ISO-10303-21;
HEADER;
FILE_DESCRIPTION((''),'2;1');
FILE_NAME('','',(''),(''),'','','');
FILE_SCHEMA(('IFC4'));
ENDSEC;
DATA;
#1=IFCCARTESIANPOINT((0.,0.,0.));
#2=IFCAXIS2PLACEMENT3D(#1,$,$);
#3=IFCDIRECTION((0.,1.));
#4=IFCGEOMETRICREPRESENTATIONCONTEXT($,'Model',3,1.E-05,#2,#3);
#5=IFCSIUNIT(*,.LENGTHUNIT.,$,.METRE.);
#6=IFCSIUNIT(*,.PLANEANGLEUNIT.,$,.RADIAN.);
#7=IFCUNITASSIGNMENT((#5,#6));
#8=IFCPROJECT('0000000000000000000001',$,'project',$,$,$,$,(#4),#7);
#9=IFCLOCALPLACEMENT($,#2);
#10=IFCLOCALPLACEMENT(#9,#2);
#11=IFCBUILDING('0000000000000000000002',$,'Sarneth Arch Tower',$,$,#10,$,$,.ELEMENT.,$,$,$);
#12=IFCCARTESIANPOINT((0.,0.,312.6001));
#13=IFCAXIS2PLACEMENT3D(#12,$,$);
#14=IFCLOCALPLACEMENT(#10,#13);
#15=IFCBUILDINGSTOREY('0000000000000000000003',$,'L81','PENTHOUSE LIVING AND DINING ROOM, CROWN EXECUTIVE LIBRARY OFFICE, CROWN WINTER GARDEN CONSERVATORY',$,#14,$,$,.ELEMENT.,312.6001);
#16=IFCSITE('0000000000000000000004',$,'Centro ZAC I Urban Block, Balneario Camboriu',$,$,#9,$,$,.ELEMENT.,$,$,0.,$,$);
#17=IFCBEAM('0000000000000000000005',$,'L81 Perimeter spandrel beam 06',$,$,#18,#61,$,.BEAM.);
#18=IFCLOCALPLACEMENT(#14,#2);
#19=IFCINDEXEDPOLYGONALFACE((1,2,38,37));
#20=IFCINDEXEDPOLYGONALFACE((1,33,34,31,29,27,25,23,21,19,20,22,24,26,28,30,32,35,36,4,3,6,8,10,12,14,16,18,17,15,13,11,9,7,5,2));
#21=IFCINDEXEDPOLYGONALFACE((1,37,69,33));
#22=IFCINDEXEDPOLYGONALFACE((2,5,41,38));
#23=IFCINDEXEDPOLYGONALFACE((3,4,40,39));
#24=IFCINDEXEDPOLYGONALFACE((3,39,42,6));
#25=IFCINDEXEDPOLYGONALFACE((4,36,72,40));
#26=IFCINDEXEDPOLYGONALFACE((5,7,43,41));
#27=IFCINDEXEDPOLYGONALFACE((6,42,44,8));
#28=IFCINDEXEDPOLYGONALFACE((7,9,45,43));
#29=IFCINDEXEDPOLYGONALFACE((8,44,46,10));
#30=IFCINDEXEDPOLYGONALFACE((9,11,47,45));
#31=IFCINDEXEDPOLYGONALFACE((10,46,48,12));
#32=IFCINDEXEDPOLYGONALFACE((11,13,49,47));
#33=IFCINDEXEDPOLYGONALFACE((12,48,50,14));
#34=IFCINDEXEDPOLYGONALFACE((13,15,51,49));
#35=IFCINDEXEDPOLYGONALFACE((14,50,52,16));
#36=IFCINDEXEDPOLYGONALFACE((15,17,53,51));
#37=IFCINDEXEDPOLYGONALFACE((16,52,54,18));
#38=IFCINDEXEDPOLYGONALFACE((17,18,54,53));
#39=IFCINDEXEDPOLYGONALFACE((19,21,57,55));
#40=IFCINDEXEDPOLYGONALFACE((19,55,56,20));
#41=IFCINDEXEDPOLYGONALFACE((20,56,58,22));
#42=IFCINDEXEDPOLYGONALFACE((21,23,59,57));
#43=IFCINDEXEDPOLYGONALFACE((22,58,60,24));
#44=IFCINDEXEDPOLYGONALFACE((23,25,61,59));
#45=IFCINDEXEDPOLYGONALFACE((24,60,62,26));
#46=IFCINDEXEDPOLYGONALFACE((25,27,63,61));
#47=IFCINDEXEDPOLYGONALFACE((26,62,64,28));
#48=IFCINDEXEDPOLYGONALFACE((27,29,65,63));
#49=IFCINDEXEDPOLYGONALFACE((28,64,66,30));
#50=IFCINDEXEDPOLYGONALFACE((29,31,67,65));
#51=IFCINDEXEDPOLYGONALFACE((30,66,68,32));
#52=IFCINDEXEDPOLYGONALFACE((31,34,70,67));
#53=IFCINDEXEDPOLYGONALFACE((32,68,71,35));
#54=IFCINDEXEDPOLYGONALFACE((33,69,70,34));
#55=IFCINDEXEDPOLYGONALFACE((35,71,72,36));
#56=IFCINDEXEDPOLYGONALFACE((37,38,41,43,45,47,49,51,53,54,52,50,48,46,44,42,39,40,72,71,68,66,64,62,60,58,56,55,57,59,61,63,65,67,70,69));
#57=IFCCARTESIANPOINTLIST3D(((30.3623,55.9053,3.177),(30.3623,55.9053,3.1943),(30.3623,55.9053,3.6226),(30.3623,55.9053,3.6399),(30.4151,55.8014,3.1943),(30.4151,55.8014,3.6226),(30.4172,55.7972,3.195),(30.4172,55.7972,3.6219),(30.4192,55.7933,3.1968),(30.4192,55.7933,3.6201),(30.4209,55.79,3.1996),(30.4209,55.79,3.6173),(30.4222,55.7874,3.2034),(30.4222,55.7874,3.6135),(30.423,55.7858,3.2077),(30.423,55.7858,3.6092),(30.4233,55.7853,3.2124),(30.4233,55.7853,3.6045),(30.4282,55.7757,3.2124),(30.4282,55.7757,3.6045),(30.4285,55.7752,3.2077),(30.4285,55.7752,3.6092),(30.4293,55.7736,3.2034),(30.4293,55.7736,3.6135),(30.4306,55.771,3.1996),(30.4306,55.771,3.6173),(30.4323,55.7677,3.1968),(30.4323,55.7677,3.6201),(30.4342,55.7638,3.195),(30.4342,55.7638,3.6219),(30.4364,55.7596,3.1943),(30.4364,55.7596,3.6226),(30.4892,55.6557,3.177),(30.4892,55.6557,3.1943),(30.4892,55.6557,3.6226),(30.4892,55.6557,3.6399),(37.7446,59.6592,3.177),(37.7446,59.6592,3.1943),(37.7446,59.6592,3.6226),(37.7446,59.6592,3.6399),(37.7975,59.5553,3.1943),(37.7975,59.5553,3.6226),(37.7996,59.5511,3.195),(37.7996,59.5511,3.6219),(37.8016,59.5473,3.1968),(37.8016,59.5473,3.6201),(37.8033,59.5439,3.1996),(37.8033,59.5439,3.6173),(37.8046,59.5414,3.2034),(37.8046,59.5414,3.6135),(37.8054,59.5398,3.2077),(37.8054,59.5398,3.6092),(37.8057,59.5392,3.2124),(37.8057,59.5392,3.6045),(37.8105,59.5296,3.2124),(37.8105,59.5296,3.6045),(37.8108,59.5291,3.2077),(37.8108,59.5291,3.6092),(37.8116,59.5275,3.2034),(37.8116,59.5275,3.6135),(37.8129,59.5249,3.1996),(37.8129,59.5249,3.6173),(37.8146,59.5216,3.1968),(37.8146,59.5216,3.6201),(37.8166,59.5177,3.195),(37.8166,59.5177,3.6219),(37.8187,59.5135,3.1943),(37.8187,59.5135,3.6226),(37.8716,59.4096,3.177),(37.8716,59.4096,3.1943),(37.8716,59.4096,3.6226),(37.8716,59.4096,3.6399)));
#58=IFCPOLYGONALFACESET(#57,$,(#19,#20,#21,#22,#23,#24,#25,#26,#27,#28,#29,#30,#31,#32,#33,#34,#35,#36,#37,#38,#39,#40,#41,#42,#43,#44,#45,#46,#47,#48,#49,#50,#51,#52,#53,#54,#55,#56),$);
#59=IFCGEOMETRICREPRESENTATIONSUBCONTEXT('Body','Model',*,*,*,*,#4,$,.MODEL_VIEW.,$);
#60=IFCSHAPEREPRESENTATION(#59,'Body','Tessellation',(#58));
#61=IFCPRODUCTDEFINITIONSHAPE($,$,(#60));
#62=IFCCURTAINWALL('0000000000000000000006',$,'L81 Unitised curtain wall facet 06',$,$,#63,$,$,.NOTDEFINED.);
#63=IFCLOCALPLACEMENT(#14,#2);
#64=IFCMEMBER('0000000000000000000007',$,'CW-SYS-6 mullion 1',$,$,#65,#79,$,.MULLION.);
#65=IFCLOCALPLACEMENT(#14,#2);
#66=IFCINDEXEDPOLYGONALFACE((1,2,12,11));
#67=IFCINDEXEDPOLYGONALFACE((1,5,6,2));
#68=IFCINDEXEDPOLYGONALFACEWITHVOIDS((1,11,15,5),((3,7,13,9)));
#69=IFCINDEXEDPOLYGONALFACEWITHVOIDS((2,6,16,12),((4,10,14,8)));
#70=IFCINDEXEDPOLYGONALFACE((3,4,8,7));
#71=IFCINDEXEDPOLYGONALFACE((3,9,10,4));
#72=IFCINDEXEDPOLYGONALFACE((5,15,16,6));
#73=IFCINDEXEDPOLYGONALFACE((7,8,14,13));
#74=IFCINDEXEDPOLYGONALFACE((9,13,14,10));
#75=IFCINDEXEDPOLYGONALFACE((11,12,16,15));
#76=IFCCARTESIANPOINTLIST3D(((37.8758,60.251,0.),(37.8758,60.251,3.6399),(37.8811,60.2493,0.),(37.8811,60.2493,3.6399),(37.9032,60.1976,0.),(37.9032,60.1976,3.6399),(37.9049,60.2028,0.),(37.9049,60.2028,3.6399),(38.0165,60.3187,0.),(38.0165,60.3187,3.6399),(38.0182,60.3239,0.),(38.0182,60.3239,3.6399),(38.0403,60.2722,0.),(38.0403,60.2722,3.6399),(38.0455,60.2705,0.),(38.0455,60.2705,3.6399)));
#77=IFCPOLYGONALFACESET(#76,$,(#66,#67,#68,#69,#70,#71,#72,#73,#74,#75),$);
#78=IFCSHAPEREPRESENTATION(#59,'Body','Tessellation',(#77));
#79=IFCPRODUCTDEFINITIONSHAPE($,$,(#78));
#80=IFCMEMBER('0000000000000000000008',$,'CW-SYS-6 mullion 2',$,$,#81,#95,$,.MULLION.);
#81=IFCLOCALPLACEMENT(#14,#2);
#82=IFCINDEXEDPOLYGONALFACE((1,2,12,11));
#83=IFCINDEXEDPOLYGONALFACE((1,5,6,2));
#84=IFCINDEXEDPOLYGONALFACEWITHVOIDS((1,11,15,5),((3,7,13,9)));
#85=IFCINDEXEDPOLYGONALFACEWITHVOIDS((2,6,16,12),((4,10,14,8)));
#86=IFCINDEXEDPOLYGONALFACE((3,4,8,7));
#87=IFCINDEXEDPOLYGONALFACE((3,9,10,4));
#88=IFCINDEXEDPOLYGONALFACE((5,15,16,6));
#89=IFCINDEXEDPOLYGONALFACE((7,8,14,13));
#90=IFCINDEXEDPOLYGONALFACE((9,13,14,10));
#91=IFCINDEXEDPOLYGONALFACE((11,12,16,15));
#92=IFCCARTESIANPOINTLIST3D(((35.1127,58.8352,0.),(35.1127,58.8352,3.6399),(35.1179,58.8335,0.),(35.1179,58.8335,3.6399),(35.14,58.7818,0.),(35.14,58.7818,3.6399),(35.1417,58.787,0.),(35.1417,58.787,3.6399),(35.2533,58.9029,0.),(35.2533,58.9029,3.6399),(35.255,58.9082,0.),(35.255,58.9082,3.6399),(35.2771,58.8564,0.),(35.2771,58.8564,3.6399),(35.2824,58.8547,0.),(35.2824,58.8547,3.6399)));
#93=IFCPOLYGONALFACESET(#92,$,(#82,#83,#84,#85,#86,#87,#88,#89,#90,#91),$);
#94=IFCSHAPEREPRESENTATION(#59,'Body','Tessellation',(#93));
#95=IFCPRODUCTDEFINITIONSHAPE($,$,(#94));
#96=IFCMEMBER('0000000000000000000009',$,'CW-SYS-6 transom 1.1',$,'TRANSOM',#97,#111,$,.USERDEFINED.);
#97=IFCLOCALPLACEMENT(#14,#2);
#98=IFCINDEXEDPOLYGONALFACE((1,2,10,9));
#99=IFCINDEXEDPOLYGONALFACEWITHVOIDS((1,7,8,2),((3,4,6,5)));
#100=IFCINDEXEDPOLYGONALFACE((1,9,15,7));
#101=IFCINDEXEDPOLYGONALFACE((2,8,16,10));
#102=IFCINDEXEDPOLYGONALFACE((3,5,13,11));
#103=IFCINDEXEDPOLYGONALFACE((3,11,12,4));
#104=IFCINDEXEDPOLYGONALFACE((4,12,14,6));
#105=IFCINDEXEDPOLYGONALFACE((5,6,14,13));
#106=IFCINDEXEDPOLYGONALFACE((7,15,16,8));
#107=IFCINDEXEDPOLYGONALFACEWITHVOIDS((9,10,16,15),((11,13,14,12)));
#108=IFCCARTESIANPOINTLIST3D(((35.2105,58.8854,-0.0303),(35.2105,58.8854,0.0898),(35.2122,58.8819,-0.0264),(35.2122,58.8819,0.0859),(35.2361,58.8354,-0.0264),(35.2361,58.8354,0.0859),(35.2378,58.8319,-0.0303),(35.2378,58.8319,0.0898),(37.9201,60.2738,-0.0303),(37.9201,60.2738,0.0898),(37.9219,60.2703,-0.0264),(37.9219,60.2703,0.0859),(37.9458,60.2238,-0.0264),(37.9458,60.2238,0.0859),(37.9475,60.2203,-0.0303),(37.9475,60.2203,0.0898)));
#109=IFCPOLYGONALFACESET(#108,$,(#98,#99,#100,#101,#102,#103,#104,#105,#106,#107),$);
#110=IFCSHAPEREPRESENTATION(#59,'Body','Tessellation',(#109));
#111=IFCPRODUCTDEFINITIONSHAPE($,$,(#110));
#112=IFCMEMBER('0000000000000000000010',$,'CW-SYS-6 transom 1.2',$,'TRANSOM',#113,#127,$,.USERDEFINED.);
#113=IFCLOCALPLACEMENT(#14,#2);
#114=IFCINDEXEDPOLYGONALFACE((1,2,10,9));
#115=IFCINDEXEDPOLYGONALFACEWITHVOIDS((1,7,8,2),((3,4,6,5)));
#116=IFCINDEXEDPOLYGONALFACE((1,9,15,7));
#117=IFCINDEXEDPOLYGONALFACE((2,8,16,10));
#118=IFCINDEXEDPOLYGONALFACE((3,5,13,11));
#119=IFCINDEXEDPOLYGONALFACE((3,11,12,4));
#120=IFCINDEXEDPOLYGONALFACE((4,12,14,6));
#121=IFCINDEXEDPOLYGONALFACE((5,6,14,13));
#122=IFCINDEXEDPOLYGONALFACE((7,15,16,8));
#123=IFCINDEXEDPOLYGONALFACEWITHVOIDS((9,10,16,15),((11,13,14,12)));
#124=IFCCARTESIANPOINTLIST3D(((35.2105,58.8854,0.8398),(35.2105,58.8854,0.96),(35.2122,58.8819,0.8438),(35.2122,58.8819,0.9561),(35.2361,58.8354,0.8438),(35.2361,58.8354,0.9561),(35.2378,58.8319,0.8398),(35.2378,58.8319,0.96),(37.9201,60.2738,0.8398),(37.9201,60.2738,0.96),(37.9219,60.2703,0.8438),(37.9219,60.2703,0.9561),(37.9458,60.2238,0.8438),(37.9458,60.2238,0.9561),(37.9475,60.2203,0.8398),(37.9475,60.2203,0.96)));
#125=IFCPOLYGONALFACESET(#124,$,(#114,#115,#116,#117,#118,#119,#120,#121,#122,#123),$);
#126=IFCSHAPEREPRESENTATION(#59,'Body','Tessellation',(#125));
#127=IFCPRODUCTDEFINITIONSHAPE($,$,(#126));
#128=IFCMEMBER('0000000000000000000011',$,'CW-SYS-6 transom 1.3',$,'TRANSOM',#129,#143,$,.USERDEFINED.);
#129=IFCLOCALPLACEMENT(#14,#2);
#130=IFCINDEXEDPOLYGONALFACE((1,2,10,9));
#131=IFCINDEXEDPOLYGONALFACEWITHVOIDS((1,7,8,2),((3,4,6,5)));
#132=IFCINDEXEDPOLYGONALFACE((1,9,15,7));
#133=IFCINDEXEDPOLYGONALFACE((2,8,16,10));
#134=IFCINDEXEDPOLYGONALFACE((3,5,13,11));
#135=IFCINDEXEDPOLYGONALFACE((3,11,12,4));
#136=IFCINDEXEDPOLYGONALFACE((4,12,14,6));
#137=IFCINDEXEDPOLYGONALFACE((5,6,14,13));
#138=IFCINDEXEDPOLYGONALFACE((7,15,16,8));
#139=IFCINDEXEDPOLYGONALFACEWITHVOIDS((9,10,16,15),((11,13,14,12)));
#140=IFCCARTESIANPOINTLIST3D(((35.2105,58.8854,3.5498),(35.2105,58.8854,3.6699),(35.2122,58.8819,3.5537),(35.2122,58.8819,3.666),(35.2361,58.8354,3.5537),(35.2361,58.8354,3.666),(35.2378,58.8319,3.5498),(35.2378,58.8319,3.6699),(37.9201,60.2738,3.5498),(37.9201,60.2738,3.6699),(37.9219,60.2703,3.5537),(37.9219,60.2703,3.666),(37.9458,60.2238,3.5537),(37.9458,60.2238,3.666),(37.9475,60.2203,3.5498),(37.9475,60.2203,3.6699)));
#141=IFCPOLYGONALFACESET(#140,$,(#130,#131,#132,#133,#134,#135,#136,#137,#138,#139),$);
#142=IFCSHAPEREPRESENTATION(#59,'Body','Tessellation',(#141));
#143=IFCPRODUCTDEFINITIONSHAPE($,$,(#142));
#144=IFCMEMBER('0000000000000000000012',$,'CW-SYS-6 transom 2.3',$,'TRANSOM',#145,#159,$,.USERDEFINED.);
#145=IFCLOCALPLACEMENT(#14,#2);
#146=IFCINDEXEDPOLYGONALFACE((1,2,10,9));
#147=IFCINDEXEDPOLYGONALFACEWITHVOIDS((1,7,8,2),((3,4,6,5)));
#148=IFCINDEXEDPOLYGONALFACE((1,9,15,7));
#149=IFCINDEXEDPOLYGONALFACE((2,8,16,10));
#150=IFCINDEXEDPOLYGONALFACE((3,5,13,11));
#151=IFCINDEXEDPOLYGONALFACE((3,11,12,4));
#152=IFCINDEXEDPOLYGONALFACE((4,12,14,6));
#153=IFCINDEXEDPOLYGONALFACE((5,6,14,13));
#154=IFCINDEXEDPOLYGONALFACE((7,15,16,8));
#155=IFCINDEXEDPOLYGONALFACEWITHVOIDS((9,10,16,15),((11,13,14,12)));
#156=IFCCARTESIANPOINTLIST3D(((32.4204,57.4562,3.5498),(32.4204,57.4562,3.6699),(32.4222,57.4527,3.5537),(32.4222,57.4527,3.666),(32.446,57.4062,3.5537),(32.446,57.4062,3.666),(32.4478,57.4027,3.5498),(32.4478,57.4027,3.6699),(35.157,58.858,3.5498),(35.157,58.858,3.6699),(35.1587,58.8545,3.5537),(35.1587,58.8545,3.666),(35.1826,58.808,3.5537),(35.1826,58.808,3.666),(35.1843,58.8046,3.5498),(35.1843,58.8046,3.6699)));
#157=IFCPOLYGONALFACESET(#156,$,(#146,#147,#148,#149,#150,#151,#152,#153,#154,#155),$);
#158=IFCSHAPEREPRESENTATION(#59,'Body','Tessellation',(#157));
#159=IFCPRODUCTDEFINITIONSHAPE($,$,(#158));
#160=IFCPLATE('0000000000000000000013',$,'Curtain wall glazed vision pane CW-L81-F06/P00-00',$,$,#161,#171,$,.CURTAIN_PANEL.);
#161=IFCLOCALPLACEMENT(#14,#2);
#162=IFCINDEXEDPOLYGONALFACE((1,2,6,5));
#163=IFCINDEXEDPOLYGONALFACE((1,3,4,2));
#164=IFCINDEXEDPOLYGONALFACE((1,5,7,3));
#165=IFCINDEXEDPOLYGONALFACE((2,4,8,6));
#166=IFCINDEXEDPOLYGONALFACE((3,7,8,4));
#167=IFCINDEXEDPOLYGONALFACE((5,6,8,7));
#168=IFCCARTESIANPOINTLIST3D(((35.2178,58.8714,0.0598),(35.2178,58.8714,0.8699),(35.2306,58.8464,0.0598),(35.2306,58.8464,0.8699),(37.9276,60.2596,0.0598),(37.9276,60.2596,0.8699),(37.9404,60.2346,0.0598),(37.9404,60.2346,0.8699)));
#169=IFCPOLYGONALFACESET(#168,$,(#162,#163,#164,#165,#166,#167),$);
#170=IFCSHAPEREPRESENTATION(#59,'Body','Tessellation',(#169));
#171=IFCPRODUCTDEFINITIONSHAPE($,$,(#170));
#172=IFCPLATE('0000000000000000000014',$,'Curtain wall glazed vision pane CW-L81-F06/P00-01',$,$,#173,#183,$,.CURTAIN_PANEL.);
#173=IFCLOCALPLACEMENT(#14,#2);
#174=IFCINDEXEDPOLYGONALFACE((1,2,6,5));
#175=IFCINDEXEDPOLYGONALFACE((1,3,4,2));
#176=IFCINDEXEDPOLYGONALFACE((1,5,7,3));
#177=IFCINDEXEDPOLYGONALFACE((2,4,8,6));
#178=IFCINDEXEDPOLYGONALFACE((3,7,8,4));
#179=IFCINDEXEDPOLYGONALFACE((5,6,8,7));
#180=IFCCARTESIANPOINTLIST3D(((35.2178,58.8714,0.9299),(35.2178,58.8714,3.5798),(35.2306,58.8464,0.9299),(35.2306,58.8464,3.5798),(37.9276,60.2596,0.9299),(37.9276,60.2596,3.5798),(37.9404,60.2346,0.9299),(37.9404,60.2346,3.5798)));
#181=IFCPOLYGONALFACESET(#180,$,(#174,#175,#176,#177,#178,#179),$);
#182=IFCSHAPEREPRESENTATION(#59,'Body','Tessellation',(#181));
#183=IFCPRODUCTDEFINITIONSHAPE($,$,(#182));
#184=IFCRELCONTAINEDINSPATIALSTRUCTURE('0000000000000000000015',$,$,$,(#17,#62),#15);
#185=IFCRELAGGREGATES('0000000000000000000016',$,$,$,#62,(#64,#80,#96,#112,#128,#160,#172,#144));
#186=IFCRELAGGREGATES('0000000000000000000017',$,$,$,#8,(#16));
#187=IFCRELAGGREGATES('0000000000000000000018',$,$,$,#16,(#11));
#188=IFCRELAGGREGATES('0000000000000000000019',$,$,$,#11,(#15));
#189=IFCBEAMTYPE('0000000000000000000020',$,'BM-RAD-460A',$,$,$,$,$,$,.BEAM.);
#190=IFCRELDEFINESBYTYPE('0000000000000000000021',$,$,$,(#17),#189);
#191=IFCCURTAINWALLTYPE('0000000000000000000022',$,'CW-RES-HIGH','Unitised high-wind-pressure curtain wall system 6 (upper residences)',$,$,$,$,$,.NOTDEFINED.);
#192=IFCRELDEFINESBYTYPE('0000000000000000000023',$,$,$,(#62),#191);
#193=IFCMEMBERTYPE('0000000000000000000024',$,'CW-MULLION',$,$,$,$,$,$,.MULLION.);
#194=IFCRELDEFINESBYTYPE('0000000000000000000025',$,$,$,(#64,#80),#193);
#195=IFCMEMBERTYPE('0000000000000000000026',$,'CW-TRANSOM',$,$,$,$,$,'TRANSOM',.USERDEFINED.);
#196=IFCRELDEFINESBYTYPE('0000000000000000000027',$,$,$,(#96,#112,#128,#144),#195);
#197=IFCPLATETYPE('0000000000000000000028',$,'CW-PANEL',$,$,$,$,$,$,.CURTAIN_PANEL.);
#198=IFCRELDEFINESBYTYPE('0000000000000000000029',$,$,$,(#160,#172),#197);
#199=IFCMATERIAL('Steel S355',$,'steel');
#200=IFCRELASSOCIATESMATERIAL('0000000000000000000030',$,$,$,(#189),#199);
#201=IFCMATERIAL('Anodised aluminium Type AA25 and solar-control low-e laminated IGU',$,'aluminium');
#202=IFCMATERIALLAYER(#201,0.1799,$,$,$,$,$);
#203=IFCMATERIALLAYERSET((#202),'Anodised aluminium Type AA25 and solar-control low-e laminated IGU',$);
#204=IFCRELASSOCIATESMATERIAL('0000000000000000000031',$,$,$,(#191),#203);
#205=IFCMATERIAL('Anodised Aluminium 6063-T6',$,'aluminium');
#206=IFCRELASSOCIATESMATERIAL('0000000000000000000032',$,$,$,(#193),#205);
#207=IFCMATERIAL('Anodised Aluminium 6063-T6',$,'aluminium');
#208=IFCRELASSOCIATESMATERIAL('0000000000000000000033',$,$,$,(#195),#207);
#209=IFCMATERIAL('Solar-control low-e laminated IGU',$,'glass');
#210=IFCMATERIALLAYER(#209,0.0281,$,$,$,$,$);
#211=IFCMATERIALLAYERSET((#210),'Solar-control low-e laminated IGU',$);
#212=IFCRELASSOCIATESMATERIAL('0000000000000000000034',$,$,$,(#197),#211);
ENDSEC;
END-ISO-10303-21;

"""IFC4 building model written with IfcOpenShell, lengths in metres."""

from ifc_helpers import new_model, si_unit, direction, frame, origin, origin_2d, place, context, subcontext, project, spatial, rectangle, hollow_rectangle, i_section, extrude, material, layer, layer_set, material_profile, profile_set, type_object, element, aggregate, save


model = new_model("IFC4")

# Units and contexts
model_context = context("Model", 3, precision=1e-05, world=origin(), true_north=direction((0.0, 1.0)))
body_context = subcontext(model_context, "Body", "Model", "MODEL_VIEW")
ifc_project = project(units=[si_unit("LENGTHUNIT", "METRE"), si_unit("PLANEANGLEUNIT", "RADIAN")], contexts=[model_context])

# Site, building, storey
site_placement = place(None, origin())
site = spatial("IfcSite", under=ifc_project, at=site_placement, Name="Centro ZAC I Urban Block, Balneario Camboriu", CompositionType="ELEMENT", RefElevation=0.0)
building_placement = place(site_placement, origin())
building = spatial("IfcBuilding", under=site, at=building_placement, Name="Sarneth Arch Tower", CompositionType="ELEMENT")
storey_placement = place(building_placement, frame((0.0, 0.0, 312.6001)))
storey = spatial("IfcBuildingStorey", under=building, at=storey_placement, Name="L81", Description="PENTHOUSE LIVING AND DINING ROOM, CROWN EXECUTIVE LIBRARY OFFICE, CROWN WINTER GARDEN CONSERVATORY", CompositionType="ELEMENT", Elevation=312.6001)

# Beam
ifc_material_1 = material(Name="Steel S355", Category="steel")
ifc_material_profile_1 = material_profile(ifc_material_1, i_section(OverallWidth=0.28, OverallDepth=0.4629, WebThickness=0.0107, FlangeThickness=0.0173, FilletRadius=0.0181, at=origin_2d()), Name="W460x113")
ifc_profile_set_1 = profile_set([ifc_material_profile_1], Name="Steel S355")
beam_type_1 = type_object("IfcBeamType", Name="BM-RAD-460A", PredefinedType="BEAM", material=ifc_profile_set_1)
beam_1_placement = place(storey_placement, frame((37.8081, 59.5344, 3.4084), z_axis=(-0.891376, -0.453264, 0.0), x_axis=(0.453264, -0.891376, 0.0)))
element("IfcBeam", 1, at=beam_1_placement, inside=storey, type_object=beam_type_1, Name="L81 Perimeter spandrel beam 06", PredefinedType="BEAM", context=body_context, shape_type="SweptSolid", body=[
    extrude(i_section(OverallWidth=0.28, OverallDepth=0.4629, WebThickness=0.0107, FlangeThickness=0.0173, FilletRadius=0.0181, at=origin_2d()), origin(), (0.0, 0.0, 1.0), 8.282),
])

# Curtain wall, members, plates
ifc_material_2 = material(Name="Anodised aluminium Type AA25 and solar-control low-e laminated IGU", Category="aluminium")
ifc_layer_1 = layer(ifc_material_2, 0.1799)
ifc_layer_set_1 = layer_set([ifc_layer_1], Name="Anodised aluminium Type AA25 and solar-control low-e laminated IGU")
curtain_wall_type = type_object("IfcCurtainWallType", Name="CW-RES-HIGH", Description="Unitised high-wind-pressure curtain wall system 6 (upper residences)", PredefinedType="NOTDEFINED", material=ifc_layer_set_1)
curtain_wall_placement = place(storey_placement, origin())
curtain_wall = element("IfcCurtainWall", 2, at=curtain_wall_placement, inside=storey, type_object=curtain_wall_type, Name="L81 Unitised curtain wall facet 06", PredefinedType="NOTDEFINED")
ifc_material_3 = material(Name="Anodised Aluminium 6063-T6", Category="aluminium")
ifc_material_profile_2 = material_profile(ifc_material_3, hollow_rectangle(XDim=0.0601, YDim=0.1599, WallThickness=0.0039, at=origin_2d()), Name="AL-MULL-160x60x4")
ifc_profile_set_2 = profile_set([ifc_material_profile_2], Name="Anodised Aluminium 6063-T6")
member_type_1 = type_object("IfcMemberType", Name="CW-MULLION", PredefinedType="MULLION", material=ifc_profile_set_2)
member_1_placement = place(storey_placement, frame((37.9607, 60.2607, 0.0), z_axis=(0.0, 0.0, 1.0), x_axis=(0.455942, -0.89001, 0.0)))
member_1 = element("IfcMember", 3, at=member_1_placement, type_object=member_type_1, Name="CW-SYS-6 mullion 1", PredefinedType="MULLION", context=body_context, shape_type="SweptSolid", body=[
    extrude(hollow_rectangle(XDim=0.0601, YDim=0.1599, WallThickness=0.0039, at=origin_2d()), origin(), (0.0, 0.0, 1.0), 3.6399),
])
member_2_placement = place(storey_placement, frame((35.1975, 58.845, 0.0), z_axis=(0.0, 0.0, 1.0), x_axis=(0.455942, -0.89001, 0.0)))
member_2 = element("IfcMember", 4, at=member_2_placement, type_object=member_type_1, Name="CW-SYS-6 mullion 2", PredefinedType="MULLION", context=body_context, shape_type="SweptSolid", body=[
    extrude(hollow_rectangle(XDim=0.0601, YDim=0.1599, WallThickness=0.0039, at=origin_2d()), origin(), (0.0, 0.0, 1.0), 3.6399),
])
ifc_material_4 = material(Name="Anodised Aluminium 6063-T6", Category="aluminium")
ifc_material_profile_3 = material_profile(ifc_material_4, hollow_rectangle(XDim=0.0601, YDim=0.1201, WallThickness=0.0039, at=origin_2d()), Name="AL-TRAN-120x60x4")
ifc_profile_set_3 = profile_set([ifc_material_profile_3], Name="Anodised Aluminium 6063-T6")
member_type_2 = type_object("IfcMemberType", Name="CW-TRANSOM", ElementType="TRANSOM", PredefinedType="USERDEFINED", material=ifc_profile_set_3)
member_3_placement = place(storey_placement, frame((37.9338, 60.2471, 0.0298), z_axis=(-0.889974, -0.456012, 0.0), x_axis=(0.456012, -0.889974, 0.0)))
member_3 = element("IfcMember", 5, at=member_3_placement, type_object=member_type_2, Name="CW-SYS-6 transom 1.1", ObjectType="TRANSOM", PredefinedType="USERDEFINED", context=body_context, shape_type="SweptSolid", body=[
    extrude(hollow_rectangle(XDim=0.0601, YDim=0.1201, WallThickness=0.0039, at=origin_2d()), origin(), (0.0, 0.0, 1.0), 3.0447),
])
member_4_placement = place(storey_placement, frame((37.9338, 60.2471, 0.8999), z_axis=(-0.889974, -0.456012, 0.0), x_axis=(0.456012, -0.889974, 0.0)))
member_4 = element("IfcMember", 6, at=member_4_placement, type_object=member_type_2, Name="CW-SYS-6 transom 1.2", ObjectType="TRANSOM", PredefinedType="USERDEFINED", context=body_context, shape_type="SweptSolid", body=[
    extrude(hollow_rectangle(XDim=0.0601, YDim=0.1201, WallThickness=0.0039, at=origin_2d()), origin(), (0.0, 0.0, 1.0), 3.0447),
])
member_5_placement = place(storey_placement, frame((37.9338, 60.2471, 3.6099), z_axis=(-0.889974, -0.456012, 0.0), x_axis=(0.456012, -0.889974, 0.0)))
member_5 = element("IfcMember", 7, at=member_5_placement, type_object=member_type_2, Name="CW-SYS-6 transom 1.3", ObjectType="TRANSOM", PredefinedType="USERDEFINED", context=body_context, shape_type="SweptSolid", body=[
    extrude(hollow_rectangle(XDim=0.0601, YDim=0.1201, WallThickness=0.0039, at=origin_2d()), origin(), (0.0, 0.0, 1.0), 3.0447),
])
member_6_placement = place(storey_placement, frame((35.1707, 58.8313, 3.6099), z_axis=(-0.890017, -0.455926, 0.0), x_axis=(0.455926, -0.890017, 0.0)))
member_6 = element("IfcMember", 8, at=member_6_placement, type_object=member_type_2, Name="CW-SYS-6 transom 2.3", ObjectType="TRANSOM", PredefinedType="USERDEFINED", context=body_context, shape_type="SweptSolid", body=[
    extrude(hollow_rectangle(XDim=0.0601, YDim=0.1201, WallThickness=0.0039, at=origin_2d()), origin(), (0.0, 0.0, 1.0), 3.0747),
])
ifc_material_5 = material(Name="Solar-control low-e laminated IGU", Category="glass")
ifc_layer_2 = layer(ifc_material_5, 0.0281)
ifc_layer_set_2 = layer_set([ifc_layer_2], Name="Solar-control low-e laminated IGU")
plate_type_1 = type_object("IfcPlateType", Name="CW-PANEL", PredefinedType="CURTAIN_PANEL", material=ifc_layer_set_2)
plate_1_placement = place(storey_placement, frame((36.5791, 59.553, 0.0598), z_axis=(0.0, 0.0, 1.0), x_axis=(-0.89001, -0.455942, 0.0)))
plate_1 = element("IfcPlate", 9, at=plate_1_placement, type_object=plate_type_1, Name="Curtain wall glazed vision pane CW-L81-F06/P00-00", PredefinedType="CURTAIN_PANEL", context=body_context, shape_type="SweptSolid", body=[
    extrude(rectangle(XDim=3.0447, YDim=0.0281, at=origin_2d()), origin(), (0.0, 0.0, 1.0), 0.8101),
])
plate_2_placement = place(storey_placement, frame((36.5791, 59.553, 0.9299), z_axis=(0.0, 0.0, 1.0), x_axis=(-0.89001, -0.455942, 0.0)))
plate_2 = element("IfcPlate", 10, at=plate_2_placement, type_object=plate_type_1, Name="Curtain wall glazed vision pane CW-L81-F06/P00-01", PredefinedType="CURTAIN_PANEL", context=body_context, shape_type="SweptSolid", body=[
    extrude(rectangle(XDim=3.0447, YDim=0.0281, at=origin_2d()), origin(), (0.0, 0.0, 1.0), 2.6499),
])
aggregate(curtain_wall, [member_1, member_2, member_3, member_4, member_5, plate_1, plate_2, member_6])

save(model, "model.ifc")
